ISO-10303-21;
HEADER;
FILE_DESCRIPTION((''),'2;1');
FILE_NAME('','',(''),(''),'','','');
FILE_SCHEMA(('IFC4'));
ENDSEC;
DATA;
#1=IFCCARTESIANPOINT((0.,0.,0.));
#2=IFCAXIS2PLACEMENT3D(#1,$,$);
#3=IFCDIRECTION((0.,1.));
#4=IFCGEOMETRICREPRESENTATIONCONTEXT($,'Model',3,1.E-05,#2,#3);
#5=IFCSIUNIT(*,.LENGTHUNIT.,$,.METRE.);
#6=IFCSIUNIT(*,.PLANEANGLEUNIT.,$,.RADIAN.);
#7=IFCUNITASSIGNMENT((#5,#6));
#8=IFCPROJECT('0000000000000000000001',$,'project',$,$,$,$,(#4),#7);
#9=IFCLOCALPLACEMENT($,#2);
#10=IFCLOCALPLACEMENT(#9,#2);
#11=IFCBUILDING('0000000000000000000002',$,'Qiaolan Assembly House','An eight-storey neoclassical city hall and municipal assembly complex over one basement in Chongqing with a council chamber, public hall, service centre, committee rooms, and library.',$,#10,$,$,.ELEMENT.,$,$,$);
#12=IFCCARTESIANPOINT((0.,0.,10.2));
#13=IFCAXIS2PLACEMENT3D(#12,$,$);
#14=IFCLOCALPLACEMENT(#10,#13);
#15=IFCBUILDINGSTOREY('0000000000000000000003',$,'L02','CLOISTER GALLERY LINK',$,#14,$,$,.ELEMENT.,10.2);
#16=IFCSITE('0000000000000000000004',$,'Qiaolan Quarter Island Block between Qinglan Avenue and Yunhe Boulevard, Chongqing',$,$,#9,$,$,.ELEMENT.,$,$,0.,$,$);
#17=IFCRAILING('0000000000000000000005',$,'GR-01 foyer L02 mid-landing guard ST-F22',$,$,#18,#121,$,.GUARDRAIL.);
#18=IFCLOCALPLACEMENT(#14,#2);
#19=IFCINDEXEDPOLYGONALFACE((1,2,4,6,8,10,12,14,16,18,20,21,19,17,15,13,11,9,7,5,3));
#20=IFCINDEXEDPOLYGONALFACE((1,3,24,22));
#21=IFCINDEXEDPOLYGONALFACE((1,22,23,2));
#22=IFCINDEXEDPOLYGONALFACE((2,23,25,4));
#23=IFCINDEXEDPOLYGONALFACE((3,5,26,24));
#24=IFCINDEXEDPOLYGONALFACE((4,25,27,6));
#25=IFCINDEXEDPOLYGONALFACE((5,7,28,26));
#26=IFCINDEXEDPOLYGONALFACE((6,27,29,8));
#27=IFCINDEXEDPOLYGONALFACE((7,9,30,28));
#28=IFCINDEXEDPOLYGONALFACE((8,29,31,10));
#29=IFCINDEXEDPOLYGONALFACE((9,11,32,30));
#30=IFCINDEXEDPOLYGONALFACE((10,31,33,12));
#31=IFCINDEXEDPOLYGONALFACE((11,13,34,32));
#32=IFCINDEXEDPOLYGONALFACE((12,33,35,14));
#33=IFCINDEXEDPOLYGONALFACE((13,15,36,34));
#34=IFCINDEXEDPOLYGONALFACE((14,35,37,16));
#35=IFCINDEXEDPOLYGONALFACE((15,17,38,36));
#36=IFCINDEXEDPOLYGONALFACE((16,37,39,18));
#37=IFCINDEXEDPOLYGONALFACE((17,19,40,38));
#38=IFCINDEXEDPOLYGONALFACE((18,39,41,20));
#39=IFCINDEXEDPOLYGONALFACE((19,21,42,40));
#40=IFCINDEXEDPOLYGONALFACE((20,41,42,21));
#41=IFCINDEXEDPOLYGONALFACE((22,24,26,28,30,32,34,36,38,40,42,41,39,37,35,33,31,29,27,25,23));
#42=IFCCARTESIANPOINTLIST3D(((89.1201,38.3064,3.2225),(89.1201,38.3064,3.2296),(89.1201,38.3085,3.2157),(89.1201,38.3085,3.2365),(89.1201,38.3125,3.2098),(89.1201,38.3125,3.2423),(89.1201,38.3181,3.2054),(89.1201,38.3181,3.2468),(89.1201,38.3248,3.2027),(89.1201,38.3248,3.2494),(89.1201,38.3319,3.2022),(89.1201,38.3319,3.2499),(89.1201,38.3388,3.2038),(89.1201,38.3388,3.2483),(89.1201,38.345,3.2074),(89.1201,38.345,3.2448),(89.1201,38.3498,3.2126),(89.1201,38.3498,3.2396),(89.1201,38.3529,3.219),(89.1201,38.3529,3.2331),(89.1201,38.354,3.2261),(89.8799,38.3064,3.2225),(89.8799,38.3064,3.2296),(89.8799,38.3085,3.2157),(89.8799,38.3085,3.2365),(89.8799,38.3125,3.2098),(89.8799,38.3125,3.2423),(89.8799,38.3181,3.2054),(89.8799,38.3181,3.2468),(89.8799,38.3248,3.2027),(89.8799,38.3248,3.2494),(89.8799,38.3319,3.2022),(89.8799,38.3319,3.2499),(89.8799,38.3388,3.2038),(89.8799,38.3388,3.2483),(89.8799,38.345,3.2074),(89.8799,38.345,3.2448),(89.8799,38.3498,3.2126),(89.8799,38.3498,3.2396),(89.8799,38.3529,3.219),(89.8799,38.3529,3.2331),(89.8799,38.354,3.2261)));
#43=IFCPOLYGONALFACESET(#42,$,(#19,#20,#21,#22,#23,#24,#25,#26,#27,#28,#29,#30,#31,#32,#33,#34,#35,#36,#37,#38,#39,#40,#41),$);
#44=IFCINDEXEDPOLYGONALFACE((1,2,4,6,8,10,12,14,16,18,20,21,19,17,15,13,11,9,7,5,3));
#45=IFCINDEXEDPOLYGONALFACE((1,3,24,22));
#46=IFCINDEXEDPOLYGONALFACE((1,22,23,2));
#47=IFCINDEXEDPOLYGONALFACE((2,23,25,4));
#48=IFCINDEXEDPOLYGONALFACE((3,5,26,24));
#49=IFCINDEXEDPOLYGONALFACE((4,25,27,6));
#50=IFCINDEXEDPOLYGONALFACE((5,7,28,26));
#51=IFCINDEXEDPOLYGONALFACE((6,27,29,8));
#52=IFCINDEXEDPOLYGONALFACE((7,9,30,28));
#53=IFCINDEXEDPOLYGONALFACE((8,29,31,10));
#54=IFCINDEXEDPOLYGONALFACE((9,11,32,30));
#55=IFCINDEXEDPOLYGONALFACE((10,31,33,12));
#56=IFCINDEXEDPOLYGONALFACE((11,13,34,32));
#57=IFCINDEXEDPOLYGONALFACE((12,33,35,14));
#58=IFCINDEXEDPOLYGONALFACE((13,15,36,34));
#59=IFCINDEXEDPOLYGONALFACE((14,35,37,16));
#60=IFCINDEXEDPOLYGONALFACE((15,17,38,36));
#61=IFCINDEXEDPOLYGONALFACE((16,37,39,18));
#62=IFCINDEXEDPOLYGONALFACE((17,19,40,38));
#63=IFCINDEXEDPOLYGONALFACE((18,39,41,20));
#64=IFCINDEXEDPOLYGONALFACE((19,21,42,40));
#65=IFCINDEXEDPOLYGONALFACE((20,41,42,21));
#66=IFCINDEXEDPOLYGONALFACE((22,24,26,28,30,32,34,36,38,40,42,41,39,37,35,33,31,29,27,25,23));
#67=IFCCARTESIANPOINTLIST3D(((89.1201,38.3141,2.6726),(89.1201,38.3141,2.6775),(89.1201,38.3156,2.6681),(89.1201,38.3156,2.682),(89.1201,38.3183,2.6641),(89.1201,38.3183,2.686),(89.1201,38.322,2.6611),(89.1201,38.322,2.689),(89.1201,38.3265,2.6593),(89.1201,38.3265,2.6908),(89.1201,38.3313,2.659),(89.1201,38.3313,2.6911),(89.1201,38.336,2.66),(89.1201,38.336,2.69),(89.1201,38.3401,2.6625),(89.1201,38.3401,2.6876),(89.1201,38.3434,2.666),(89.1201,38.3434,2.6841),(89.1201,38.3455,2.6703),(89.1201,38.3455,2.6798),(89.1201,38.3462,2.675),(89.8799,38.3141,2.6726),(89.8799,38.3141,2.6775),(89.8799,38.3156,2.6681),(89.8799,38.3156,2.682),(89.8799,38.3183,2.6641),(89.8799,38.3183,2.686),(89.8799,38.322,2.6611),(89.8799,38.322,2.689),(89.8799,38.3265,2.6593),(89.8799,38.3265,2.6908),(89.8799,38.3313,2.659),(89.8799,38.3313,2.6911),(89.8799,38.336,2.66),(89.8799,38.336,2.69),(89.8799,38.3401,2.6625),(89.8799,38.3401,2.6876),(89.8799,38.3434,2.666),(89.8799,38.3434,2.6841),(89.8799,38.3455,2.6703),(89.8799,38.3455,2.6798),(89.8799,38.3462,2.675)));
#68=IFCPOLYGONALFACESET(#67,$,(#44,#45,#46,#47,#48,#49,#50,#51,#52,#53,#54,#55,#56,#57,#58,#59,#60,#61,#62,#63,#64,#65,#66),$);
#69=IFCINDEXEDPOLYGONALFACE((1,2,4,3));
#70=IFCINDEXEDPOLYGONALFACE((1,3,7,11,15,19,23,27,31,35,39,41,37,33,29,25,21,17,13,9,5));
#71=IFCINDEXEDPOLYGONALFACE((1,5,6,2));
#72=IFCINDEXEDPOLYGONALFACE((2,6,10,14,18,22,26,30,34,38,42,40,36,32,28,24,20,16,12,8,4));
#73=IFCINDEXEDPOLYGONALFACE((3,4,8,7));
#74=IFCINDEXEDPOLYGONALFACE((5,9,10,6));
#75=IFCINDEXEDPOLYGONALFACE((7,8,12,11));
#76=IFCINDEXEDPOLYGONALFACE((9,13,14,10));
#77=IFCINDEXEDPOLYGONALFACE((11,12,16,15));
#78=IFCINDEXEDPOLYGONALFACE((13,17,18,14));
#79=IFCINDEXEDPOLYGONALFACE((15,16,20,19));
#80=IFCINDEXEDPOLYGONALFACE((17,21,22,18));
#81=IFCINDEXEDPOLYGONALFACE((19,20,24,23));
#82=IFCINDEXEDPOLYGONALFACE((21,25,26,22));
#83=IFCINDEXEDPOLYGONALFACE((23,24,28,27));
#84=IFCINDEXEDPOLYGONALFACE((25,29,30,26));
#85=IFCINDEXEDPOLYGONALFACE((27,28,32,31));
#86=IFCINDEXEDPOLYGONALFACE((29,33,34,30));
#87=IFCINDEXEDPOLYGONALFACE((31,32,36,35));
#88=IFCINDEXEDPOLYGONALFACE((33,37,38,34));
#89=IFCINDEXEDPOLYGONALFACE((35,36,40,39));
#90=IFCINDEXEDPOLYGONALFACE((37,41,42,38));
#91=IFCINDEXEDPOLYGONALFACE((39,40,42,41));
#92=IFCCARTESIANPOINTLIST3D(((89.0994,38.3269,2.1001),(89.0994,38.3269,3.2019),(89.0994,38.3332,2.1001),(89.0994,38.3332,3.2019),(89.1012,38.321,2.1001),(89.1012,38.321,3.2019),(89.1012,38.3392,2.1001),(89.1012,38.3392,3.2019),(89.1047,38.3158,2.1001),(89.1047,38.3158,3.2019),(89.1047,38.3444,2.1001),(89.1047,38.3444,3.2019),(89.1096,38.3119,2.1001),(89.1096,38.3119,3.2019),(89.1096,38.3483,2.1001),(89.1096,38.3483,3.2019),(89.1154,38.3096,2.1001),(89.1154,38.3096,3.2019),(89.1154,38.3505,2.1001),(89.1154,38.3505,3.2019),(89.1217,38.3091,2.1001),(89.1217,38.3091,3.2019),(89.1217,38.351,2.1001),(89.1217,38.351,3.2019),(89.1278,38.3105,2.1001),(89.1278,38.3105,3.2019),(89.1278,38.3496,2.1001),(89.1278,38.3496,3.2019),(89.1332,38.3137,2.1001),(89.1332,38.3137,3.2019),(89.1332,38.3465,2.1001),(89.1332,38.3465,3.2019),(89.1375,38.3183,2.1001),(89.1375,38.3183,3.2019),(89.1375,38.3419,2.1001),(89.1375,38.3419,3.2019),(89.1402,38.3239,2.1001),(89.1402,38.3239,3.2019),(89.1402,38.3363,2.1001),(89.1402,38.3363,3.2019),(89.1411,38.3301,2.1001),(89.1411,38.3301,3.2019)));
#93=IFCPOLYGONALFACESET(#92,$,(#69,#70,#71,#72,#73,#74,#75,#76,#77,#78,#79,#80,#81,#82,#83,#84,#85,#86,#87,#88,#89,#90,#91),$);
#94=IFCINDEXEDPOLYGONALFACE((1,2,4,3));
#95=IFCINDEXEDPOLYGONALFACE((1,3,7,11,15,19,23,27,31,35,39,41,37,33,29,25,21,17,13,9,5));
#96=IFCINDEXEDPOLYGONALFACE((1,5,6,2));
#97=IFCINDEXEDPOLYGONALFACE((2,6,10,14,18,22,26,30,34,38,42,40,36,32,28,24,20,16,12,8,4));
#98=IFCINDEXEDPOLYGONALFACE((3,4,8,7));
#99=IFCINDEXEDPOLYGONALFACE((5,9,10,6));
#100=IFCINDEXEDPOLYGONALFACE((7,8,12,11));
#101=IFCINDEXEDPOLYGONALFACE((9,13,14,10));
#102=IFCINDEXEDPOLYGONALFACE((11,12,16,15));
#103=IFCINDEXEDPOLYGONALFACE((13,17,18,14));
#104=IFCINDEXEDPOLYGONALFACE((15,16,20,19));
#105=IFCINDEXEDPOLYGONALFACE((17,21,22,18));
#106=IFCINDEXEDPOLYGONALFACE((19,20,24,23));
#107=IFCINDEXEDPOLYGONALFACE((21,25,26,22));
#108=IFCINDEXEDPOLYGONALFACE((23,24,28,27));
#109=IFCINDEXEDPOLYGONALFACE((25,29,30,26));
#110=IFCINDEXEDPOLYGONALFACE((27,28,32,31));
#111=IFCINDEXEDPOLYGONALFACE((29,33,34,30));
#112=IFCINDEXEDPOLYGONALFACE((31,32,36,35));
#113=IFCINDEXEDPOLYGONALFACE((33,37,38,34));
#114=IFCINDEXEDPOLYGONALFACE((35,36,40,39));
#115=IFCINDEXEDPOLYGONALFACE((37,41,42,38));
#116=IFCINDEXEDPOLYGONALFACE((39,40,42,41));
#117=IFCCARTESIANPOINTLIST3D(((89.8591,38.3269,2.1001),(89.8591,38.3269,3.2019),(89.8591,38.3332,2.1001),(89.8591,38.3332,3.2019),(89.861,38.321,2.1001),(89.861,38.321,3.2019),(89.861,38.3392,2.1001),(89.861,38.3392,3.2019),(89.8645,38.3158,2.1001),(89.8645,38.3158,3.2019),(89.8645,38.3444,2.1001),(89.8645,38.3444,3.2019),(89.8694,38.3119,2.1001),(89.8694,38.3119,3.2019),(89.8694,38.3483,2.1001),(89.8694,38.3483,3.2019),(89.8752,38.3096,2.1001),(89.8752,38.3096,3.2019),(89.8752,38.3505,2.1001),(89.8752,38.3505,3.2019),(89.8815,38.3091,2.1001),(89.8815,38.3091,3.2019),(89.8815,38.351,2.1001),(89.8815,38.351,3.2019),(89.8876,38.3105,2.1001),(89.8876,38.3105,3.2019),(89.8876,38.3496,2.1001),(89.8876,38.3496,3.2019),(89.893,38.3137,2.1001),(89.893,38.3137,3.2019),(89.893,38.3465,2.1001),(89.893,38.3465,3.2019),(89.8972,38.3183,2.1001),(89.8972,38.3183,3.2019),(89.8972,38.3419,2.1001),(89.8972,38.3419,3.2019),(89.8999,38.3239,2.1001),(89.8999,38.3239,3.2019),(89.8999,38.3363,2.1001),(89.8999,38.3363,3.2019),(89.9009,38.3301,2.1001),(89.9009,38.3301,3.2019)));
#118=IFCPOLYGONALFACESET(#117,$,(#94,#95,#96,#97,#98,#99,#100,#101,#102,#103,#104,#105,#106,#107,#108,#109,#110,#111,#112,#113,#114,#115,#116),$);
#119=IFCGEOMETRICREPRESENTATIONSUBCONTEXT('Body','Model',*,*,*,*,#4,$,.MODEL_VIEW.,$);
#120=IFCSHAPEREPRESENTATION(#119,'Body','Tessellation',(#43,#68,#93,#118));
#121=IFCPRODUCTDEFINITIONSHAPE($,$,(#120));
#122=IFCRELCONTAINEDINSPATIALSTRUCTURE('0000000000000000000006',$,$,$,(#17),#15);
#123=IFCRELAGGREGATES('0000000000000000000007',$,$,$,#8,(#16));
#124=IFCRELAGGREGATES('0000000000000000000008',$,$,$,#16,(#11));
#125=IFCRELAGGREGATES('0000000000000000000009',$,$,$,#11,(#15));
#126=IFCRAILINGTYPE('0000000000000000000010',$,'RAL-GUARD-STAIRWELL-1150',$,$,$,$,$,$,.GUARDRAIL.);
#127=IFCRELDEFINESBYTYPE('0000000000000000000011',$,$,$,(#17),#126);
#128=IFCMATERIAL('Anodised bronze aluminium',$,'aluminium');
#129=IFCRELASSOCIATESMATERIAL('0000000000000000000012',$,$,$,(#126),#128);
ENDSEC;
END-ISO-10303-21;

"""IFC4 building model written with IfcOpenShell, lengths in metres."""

from ifc_helpers import new_model, si_unit, direction, frame, origin, origin_2d, place, context, subcontext, project, spatial, circle, extrude, material, type_object, element, save


model = new_model("IFC4")

# Units and contexts
model_context = context("Model", 3, precision=1e-05, world=origin(), true_north=direction((0.0, 1.0)))
body_context = subcontext(model_context, "Body", "Model", "MODEL_VIEW")
ifc_project = project(units=[si_unit("LENGTHUNIT", "METRE"), si_unit("PLANEANGLEUNIT", "RADIAN")], contexts=[model_context])

# Site, building, storey
site_placement = place(None, origin())
site = spatial("IfcSite", under=ifc_project, at=site_placement, Name="Qiaolan Quarter Island Block between Qinglan Avenue and Yunhe Boulevard, Chongqing", CompositionType="ELEMENT", RefElevation=0.0)
building_placement = place(site_placement, origin())
building = spatial("IfcBuilding", under=site, at=building_placement, Name="Qiaolan Assembly House", Description="An eight-storey neoclassical city hall and municipal assembly complex over one basement in Chongqing with a council chamber, public hall, service centre, committee rooms, and library.", CompositionType="ELEMENT")
storey_placement = place(building_placement, frame((0.0, 0.0, 10.2)))
storey = spatial("IfcBuildingStorey", under=building, at=storey_placement, Name="L02", Description="CLOISTER GALLERY LINK", CompositionType="ELEMENT", Elevation=10.2)

# Railing
ifc_material_1 = material(Name="Anodised bronze aluminium", Category="aluminium")
railing_type_1 = type_object("IfcRailingType", Name="RAL-GUARD-STAIRWELL-1150", PredefinedType="GUARDRAIL", material=ifc_material_1)
railing_1_placement = place(storey_placement, frame((89.1201, 38.3301, 2.1001)))
element("IfcRailing", 1, at=railing_1_placement, inside=storey, type_object=railing_type_1, Name="GR-01 foyer L02 mid-landing guard ST-F22", PredefinedType="GUARDRAIL", context=body_context, shape_type="SweptSolid", body=[
    extrude(circle(Radius=0.0239, at=origin_2d()), frame((0.0, 0.0, 1.126), z_axis=(1.0, 0.0, 0.0), x_axis=(0.0, 1.0, 0.0)), (0.0, 0.0, 1.0), 0.7598),
    extrude(circle(Radius=0.0161, at=origin_2d()), frame((0.0, 0.0, 0.575), z_axis=(1.0, 0.0, 0.0), x_axis=(0.0, 1.0, 0.0)), (0.0, 0.0, 1.0), 0.7598),
    extrude(circle(Radius=0.021, at=origin_2d()), origin(), (0.0, 0.0, 1.0), 1.1018),
    extrude(circle(Radius=0.021, at=origin_2d()), frame((0.7598, 0.0, 0.0)), (0.0, 0.0, 1.0), 1.1018),
])

save(model, "model.ifc")
